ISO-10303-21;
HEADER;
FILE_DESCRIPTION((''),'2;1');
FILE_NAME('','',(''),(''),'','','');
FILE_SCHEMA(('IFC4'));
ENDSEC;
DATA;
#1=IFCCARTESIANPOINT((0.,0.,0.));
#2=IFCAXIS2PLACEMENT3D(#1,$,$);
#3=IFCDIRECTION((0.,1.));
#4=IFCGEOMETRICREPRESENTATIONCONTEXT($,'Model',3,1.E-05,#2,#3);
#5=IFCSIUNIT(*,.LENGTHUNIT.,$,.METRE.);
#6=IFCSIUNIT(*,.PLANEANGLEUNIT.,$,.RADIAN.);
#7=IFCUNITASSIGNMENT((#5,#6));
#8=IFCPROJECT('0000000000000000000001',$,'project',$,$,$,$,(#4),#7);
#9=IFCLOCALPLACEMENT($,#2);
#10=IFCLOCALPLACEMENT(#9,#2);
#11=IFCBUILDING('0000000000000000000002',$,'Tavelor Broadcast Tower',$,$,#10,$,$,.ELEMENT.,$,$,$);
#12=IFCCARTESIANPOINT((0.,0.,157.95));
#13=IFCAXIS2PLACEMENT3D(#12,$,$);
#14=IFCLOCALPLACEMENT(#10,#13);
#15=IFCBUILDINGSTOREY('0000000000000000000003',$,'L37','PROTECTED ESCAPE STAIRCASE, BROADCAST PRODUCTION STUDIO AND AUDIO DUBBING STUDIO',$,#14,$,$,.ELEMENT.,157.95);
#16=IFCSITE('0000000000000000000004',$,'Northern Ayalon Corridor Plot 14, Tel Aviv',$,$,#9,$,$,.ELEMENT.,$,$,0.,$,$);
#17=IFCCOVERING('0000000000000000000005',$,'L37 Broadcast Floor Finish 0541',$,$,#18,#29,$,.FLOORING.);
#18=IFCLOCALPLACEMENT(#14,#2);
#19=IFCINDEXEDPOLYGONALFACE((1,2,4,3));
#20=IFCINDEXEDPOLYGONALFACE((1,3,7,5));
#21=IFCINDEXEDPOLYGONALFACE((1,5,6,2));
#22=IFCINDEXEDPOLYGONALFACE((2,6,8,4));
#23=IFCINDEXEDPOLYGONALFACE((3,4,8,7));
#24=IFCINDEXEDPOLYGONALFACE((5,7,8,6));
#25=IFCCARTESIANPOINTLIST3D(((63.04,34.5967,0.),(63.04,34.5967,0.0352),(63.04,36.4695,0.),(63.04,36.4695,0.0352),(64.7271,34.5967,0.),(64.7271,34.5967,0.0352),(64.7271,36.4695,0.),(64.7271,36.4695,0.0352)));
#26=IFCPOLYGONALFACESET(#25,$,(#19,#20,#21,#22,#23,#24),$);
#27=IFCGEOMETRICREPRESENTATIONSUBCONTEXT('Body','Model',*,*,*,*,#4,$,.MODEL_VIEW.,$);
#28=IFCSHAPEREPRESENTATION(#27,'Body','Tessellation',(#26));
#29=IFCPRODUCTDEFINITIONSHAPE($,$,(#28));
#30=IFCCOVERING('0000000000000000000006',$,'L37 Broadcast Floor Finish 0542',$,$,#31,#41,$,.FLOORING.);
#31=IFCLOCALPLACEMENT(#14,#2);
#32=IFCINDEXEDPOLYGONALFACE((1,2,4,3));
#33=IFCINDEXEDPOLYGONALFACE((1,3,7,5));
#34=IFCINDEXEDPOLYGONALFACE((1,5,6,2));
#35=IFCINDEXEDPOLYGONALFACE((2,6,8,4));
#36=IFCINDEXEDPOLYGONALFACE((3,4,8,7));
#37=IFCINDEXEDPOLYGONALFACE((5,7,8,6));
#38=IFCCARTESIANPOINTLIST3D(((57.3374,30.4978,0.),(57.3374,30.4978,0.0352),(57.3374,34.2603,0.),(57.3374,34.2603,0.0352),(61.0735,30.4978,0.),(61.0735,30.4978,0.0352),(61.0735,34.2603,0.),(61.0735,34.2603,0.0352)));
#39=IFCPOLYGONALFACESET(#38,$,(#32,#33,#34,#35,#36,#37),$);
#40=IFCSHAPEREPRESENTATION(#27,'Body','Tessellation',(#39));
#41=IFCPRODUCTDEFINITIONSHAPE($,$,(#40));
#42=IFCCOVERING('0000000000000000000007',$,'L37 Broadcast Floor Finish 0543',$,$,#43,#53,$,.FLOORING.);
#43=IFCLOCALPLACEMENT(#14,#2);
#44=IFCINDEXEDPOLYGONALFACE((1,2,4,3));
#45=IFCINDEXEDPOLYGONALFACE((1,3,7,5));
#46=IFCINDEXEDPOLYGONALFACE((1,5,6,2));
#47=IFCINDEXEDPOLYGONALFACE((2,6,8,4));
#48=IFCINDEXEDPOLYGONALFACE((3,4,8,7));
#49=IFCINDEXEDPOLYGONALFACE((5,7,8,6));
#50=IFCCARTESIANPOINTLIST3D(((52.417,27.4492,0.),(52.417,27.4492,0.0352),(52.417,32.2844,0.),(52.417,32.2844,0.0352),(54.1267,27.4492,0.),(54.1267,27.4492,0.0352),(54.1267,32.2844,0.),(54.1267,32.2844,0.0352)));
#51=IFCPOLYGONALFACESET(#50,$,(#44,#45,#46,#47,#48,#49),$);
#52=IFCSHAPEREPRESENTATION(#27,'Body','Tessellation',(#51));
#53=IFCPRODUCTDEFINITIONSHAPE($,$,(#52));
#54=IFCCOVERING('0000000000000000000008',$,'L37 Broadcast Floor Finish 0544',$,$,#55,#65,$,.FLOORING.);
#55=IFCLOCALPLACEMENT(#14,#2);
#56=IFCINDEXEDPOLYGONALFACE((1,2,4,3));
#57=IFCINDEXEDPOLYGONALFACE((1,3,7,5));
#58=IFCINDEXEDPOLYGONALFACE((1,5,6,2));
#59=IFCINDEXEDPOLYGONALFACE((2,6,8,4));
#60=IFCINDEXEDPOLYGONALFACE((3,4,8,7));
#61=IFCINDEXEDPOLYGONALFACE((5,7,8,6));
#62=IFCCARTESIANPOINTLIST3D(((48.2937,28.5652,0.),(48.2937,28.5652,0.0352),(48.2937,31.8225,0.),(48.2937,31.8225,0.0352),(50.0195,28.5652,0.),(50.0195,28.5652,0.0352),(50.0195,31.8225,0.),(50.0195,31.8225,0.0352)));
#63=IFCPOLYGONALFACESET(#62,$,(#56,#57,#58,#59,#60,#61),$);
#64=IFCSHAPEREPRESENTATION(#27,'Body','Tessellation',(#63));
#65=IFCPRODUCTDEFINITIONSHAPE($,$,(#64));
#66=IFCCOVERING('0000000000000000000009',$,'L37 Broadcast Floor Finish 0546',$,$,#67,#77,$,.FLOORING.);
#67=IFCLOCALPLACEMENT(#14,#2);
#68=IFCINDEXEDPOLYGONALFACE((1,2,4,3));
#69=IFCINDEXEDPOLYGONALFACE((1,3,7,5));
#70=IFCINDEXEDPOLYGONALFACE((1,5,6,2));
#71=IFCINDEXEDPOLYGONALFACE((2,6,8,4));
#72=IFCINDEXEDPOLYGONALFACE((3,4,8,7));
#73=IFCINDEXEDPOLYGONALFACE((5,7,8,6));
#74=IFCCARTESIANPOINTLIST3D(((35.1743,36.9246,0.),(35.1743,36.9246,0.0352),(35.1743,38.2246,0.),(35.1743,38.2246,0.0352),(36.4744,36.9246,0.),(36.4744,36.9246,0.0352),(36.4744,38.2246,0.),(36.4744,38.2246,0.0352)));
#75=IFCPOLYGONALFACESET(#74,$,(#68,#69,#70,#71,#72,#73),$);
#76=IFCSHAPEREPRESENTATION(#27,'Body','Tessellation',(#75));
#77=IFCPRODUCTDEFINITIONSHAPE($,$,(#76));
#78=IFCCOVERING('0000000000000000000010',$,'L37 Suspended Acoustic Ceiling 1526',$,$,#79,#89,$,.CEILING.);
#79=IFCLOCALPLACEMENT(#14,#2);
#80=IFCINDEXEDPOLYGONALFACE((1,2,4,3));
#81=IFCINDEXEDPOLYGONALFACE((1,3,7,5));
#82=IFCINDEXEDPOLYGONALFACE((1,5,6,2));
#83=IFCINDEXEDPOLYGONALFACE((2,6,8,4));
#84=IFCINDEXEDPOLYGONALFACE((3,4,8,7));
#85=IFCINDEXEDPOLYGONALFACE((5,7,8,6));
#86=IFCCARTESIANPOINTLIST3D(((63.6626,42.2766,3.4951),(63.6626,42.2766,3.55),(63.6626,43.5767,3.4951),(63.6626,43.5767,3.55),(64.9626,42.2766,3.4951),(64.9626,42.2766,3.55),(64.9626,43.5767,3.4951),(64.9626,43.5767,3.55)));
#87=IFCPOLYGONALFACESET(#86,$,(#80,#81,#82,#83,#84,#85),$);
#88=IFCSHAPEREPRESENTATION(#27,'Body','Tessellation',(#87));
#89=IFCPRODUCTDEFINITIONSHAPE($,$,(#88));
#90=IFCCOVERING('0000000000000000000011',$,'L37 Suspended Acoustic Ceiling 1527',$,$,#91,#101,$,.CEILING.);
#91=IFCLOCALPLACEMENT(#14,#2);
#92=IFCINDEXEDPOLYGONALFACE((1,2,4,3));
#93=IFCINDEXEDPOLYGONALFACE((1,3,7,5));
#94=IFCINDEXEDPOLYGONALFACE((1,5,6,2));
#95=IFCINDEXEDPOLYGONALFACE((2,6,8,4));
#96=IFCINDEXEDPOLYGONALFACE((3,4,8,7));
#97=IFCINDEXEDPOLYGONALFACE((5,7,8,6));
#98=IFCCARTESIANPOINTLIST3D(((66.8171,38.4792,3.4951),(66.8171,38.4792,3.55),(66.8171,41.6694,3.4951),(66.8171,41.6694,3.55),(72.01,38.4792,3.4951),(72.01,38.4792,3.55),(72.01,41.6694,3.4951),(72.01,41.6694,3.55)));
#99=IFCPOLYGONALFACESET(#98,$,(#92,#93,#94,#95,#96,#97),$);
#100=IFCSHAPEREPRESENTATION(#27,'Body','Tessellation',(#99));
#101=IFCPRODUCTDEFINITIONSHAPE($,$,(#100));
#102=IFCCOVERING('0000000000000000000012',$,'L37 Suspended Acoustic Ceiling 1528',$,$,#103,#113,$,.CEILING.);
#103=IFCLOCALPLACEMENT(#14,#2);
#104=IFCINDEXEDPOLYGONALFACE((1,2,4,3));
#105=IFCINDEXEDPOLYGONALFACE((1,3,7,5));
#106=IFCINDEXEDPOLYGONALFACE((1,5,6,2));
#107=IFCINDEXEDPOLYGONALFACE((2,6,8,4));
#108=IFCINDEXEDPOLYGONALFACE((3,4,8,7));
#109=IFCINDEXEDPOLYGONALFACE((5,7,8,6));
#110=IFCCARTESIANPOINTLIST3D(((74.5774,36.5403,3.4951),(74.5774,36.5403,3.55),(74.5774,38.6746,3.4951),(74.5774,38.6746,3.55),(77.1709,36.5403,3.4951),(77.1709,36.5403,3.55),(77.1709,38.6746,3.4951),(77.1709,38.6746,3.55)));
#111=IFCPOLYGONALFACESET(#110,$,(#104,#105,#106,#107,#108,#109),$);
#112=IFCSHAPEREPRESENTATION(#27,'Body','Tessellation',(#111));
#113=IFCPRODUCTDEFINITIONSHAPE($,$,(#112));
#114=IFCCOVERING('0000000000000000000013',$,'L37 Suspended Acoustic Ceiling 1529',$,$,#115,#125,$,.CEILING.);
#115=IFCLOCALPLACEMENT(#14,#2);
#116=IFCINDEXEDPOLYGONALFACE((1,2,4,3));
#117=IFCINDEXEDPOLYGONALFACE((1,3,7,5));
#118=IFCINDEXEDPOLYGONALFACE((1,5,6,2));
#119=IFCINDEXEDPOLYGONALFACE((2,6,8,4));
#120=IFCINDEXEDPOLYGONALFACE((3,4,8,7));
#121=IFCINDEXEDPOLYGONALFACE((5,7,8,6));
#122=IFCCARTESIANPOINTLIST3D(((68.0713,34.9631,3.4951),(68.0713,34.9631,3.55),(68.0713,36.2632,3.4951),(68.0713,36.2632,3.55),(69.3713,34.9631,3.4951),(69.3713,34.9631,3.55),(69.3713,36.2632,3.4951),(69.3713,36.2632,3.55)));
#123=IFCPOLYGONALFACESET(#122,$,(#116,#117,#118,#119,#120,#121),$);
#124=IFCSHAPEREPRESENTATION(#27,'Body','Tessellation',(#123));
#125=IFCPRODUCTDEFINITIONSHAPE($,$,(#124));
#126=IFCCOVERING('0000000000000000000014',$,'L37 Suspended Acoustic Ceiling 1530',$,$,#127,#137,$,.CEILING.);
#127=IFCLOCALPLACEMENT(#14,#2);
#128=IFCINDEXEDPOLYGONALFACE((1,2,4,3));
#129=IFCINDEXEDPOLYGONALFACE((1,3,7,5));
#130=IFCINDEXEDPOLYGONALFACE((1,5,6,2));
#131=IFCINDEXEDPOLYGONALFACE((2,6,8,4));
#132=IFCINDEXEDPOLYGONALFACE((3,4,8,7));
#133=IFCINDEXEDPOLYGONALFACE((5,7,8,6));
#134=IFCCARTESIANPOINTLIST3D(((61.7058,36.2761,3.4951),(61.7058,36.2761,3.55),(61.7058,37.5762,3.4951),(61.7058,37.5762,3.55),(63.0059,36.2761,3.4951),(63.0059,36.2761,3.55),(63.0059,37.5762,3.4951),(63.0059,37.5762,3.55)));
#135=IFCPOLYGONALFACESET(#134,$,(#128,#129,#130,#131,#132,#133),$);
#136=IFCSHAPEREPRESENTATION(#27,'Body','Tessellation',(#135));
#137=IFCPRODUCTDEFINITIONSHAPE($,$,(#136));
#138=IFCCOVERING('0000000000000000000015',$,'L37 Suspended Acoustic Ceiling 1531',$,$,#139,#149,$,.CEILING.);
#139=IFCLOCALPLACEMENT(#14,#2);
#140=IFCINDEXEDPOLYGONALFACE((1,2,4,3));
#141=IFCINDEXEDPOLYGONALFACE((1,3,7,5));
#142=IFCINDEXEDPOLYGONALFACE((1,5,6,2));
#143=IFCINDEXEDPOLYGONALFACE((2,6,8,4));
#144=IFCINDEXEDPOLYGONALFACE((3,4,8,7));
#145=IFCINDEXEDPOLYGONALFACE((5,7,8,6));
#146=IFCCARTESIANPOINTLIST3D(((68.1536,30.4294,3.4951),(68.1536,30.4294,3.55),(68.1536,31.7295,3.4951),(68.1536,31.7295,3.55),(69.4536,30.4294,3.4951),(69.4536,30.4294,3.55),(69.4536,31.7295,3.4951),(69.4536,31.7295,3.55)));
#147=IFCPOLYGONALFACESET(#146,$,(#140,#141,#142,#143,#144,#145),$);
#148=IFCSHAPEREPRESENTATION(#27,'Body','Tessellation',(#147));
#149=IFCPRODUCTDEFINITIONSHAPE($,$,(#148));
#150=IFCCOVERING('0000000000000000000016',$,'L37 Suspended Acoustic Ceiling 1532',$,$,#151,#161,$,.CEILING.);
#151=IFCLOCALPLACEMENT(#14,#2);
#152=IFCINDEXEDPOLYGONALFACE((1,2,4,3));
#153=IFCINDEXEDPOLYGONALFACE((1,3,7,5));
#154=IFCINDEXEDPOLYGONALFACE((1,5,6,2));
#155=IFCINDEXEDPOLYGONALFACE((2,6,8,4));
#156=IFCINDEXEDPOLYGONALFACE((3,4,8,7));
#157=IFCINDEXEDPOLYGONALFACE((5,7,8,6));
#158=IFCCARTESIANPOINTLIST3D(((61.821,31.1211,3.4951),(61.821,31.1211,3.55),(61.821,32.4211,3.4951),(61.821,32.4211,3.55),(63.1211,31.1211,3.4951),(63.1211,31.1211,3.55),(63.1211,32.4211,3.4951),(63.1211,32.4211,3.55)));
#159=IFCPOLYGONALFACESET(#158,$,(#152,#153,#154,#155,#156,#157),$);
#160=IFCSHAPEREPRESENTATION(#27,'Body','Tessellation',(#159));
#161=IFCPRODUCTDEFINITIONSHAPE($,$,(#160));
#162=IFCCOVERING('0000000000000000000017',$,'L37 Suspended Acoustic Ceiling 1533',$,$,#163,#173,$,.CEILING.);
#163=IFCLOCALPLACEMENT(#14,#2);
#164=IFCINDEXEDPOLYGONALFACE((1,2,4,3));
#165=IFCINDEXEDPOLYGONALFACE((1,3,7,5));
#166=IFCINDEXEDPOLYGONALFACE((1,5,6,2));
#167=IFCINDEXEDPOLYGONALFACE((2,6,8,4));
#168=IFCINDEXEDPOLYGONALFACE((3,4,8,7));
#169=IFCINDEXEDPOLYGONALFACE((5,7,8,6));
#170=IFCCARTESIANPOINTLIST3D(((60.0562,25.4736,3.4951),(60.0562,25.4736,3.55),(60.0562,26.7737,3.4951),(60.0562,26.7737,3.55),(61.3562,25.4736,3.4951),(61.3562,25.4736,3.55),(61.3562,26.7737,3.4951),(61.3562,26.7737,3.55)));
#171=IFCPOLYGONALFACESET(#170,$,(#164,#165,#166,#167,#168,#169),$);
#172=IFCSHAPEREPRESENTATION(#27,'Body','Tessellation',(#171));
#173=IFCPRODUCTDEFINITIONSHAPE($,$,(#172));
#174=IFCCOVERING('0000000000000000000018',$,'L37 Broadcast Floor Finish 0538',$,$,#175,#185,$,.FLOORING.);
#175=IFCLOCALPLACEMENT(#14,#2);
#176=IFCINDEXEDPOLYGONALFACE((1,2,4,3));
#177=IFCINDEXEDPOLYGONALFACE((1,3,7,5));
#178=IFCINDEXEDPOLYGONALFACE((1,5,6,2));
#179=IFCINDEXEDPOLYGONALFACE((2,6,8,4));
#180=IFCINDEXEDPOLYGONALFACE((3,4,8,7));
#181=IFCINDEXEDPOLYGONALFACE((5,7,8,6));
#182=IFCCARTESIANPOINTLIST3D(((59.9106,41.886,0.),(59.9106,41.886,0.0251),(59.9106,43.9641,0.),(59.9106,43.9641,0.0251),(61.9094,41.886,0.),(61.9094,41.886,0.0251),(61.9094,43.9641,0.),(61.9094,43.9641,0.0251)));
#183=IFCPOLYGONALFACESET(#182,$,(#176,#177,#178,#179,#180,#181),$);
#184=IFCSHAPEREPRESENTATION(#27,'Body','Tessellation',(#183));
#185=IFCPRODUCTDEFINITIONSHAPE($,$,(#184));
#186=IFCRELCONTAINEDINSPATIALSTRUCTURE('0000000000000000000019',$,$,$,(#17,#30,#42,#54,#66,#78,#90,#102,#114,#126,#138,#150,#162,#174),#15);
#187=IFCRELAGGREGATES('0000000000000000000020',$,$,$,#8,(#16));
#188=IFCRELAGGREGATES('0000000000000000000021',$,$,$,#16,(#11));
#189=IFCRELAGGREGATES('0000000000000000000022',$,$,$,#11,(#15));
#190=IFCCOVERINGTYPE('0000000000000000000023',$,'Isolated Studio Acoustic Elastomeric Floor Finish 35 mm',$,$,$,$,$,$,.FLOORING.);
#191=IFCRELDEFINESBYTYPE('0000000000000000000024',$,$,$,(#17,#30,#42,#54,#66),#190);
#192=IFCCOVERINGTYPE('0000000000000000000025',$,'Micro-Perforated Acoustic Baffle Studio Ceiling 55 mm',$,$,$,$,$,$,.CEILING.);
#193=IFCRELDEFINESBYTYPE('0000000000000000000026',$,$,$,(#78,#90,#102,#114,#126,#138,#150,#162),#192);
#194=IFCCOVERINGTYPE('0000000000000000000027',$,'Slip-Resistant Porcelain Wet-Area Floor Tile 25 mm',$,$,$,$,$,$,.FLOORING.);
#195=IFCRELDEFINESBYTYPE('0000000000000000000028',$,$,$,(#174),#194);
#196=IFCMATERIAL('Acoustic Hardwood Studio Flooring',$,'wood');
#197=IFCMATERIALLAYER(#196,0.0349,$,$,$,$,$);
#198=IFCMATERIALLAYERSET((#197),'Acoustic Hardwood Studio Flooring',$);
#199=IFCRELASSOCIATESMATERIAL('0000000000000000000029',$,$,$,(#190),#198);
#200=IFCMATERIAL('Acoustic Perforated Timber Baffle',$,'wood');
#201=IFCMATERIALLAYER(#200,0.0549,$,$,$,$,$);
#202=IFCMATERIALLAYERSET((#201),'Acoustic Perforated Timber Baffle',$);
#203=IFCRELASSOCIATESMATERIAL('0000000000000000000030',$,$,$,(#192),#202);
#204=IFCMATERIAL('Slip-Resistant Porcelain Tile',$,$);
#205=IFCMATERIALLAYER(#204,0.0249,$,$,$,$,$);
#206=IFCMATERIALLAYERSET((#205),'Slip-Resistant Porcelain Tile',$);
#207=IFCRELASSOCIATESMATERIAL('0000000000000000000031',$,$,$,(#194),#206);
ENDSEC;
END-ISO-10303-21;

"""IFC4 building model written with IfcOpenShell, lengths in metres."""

from ifc_helpers import new_model, si_unit, direction, frame, origin, place, context, subcontext, project, spatial, polyline, outline, extrude, material, layer, layer_set, type_object, element, save


model = new_model("IFC4")

# Units and contexts
model_context = context("Model", 3, precision=1e-05, world=origin(), true_north=direction((0.0, 1.0)))
body_context = subcontext(model_context, "Body", "Model", "MODEL_VIEW")
ifc_project = project(units=[si_unit("LENGTHUNIT", "METRE"), si_unit("PLANEANGLEUNIT", "RADIAN")], contexts=[model_context])

# Site, building, storey
site_placement = place(None, origin())
site = spatial("IfcSite", under=ifc_project, at=site_placement, Name="Northern Ayalon Corridor Plot 14, Tel Aviv", CompositionType="ELEMENT", RefElevation=0.0)
building_placement = place(site_placement, origin())
building = spatial("IfcBuilding", under=site, at=building_placement, Name="Tavelor Broadcast Tower", CompositionType="ELEMENT")
storey_placement = place(building_placement, frame((0.0, 0.0, 157.95)))
storey = spatial("IfcBuildingStorey", under=building, at=storey_placement, Name="L37", Description="PROTECTED ESCAPE STAIRCASE, BROADCAST PRODUCTION STUDIO AND AUDIO DUBBING STUDIO", CompositionType="ELEMENT", Elevation=157.95)

# Coverings
ifc_material_1 = material(Name="Acoustic Hardwood Studio Flooring", Category="wood")
ifc_layer_1 = layer(ifc_material_1, 0.0349)
ifc_layer_set_1 = layer_set([ifc_layer_1], Name="Acoustic Hardwood Studio Flooring")
covering_type_1 = type_object("IfcCoveringType", Name="Isolated Studio Acoustic Elastomeric Floor Finish 35 mm", PredefinedType="FLOORING", material=ifc_layer_set_1)
covering_1_placement = place(storey_placement, origin())
element("IfcCovering", 1, at=covering_1_placement, inside=storey, type_object=covering_type_1, Name="L37 Broadcast Floor Finish 0541", PredefinedType="FLOORING", context=body_context, shape_type="SweptSolid", body=[
    extrude(outline(polyline([(63.04, 34.5967), (64.7271, 34.5967), (64.7271, 36.4695), (63.04, 36.4695), (63.04, 34.5967)])), origin(), (0.0, 0.0, 1.0), 0.0352),
])
covering_2_placement = place(storey_placement, origin())
element("IfcCovering", 2, at=covering_2_placement, inside=storey, type_object=covering_type_1, Name="L37 Broadcast Floor Finish 0542", PredefinedType="FLOORING", context=body_context, shape_type="SweptSolid", body=[
    extrude(outline(polyline([(57.3374, 30.4978), (61.0735, 30.4978), (61.0735, 34.2603), (57.3374, 34.2603), (57.3374, 30.4978)])), origin(), (0.0, 0.0, 1.0), 0.0352),
])
covering_3_placement = place(storey_placement, origin())
element("IfcCovering", 3, at=covering_3_placement, inside=storey, type_object=covering_type_1, Name="L37 Broadcast Floor Finish 0543", PredefinedType="FLOORING", context=body_context, shape_type="SweptSolid", body=[
    extrude(outline(polyline([(52.417, 27.4492), (54.1267, 27.4492), (54.1267, 32.2844), (52.417, 32.2844), (52.417, 27.4492)])), origin(), (0.0, 0.0, 1.0), 0.0352),
])
covering_4_placement = place(storey_placement, origin())
element("IfcCovering", 4, at=covering_4_placement, inside=storey, type_object=covering_type_1, Name="L37 Broadcast Floor Finish 0544", PredefinedType="FLOORING", context=body_context, shape_type="SweptSolid", body=[
    extrude(outline(polyline([(48.2937, 28.5652), (50.0195, 28.5652), (50.0195, 31.8225), (48.2937, 31.8225), (48.2937, 28.5652)])), origin(), (0.0, 0.0, 1.0), 0.0352),
])
covering_5_placement = place(storey_placement, origin())
element("IfcCovering", 5, at=covering_5_placement, inside=storey, type_object=covering_type_1, Name="L37 Broadcast Floor Finish 0546", PredefinedType="FLOORING", context=body_context, shape_type="SweptSolid", body=[
    extrude(outline(polyline([(35.1743, 36.9246), (36.4744, 36.9246), (36.4744, 38.2246), (35.1743, 38.2246), (35.1743, 36.9246)])), origin(), (0.0, 0.0, 1.0), 0.0352),
])
ifc_material_2 = material(Name="Acoustic Perforated Timber Baffle", Category="wood")
ifc_layer_2 = layer(ifc_material_2, 0.0549)
ifc_layer_set_2 = layer_set([ifc_layer_2], Name="Acoustic Perforated Timber Baffle")
covering_type_2 = type_object("IfcCoveringType", Name="Micro-Perforated Acoustic Baffle Studio Ceiling 55 mm", PredefinedType="CEILING", material=ifc_layer_set_2)
covering_6_placement = place(storey_placement, frame((0.0, 0.0, 3.4951)))
element("IfcCovering", 6, at=covering_6_placement, inside=storey, type_object=covering_type_2, Name="L37 Suspended Acoustic Ceiling 1526", PredefinedType="CEILING", context=body_context, shape_type="SweptSolid", body=[
    extrude(outline(polyline([(63.6626, 42.2766), (64.9626, 42.2766), (64.9626, 43.5767), (63.6626, 43.5767), (63.6626, 42.2766)])), origin(), (0.0, 0.0, 1.0), 0.0549),
])
covering_7_placement = place(storey_placement, frame((0.0, 0.0, 3.4951)))
element("IfcCovering", 7, at=covering_7_placement, inside=storey, type_object=covering_type_2, Name="L37 Suspended Acoustic Ceiling 1527", PredefinedType="CEILING", context=body_context, shape_type="SweptSolid", body=[
    extrude(outline(polyline([(66.8171, 38.4792), (72.01, 38.4792), (72.01, 41.6694), (66.8171, 41.6694), (66.8171, 38.4792)])), origin(), (0.0, 0.0, 1.0), 0.0549),
])
covering_8_placement = place(storey_placement, frame((0.0, 0.0, 3.4951)))
element("IfcCovering", 8, at=covering_8_placement, inside=storey, type_object=covering_type_2, Name="L37 Suspended Acoustic Ceiling 1528", PredefinedType="CEILING", context=body_context, shape_type="SweptSolid", body=[
    extrude(outline(polyline([(74.5774, 36.5403), (77.1709, 36.5403), (77.1709, 38.6746), (74.5774, 38.6746), (74.5774, 36.5403)])), origin(), (0.0, 0.0, 1.0), 0.0549),
])
covering_9_placement = place(storey_placement, frame((0.0, 0.0, 3.4951)))
element("IfcCovering", 9, at=covering_9_placement, inside=storey, type_object=covering_type_2, Name="L37 Suspended Acoustic Ceiling 1529", PredefinedType="CEILING", context=body_context, shape_type="SweptSolid", body=[
    extrude(outline(polyline([(68.0713, 34.9631), (69.3713, 34.9631), (69.3713, 36.2632), (68.0713, 36.2632), (68.0713, 34.9631)])), origin(), (0.0, 0.0, 1.0), 0.0549),
])
covering_10_placement = place(storey_placement, frame((0.0, 0.0, 3.4951)))
element("IfcCovering", 10, at=covering_10_placement, inside=storey, type_object=covering_type_2, Name="L37 Suspended Acoustic Ceiling 1530", PredefinedType="CEILING", context=body_context, shape_type="SweptSolid", body=[
    extrude(outline(polyline([(61.7058, 36.2761), (63.0059, 36.2761), (63.0059, 37.5762), (61.7058, 37.5762), (61.7058, 36.2761)])), origin(), (0.0, 0.0, 1.0), 0.0549),
])
covering_11_placement = place(storey_placement, frame((0.0, 0.0, 3.4951)))
element("IfcCovering", 11, at=covering_11_placement, inside=storey, type_object=covering_type_2, Name="L37 Suspended Acoustic Ceiling 1531", PredefinedType="CEILING", context=body_context, shape_type="SweptSolid", body=[
    extrude(outline(polyline([(68.1536, 30.4294), (69.4536, 30.4294), (69.4536, 31.7295), (68.1536, 31.7295), (68.1536, 30.4294)])), origin(), (0.0, 0.0, 1.0), 0.0549),
])
covering_12_placement = place(storey_placement, frame((0.0, 0.0, 3.4951)))
element("IfcCovering", 12, at=covering_12_placement, inside=storey, type_object=covering_type_2, Name="L37 Suspended Acoustic Ceiling 1532", PredefinedType="CEILING", context=body_context, shape_type="SweptSolid", body=[
    extrude(outline(polyline([(61.821, 31.1211), (63.1211, 31.1211), (63.1211, 32.4211), (61.821, 32.4211), (61.821, 31.1211)])), origin(), (0.0, 0.0, 1.0), 0.0549),
])
covering_13_placement = place(storey_placement, frame((0.0, 0.0, 3.4951)))
element("IfcCovering", 13, at=covering_13_placement, inside=storey, type_object=covering_type_2, Name="L37 Suspended Acoustic Ceiling 1533", PredefinedType="CEILING", context=body_context, shape_type="SweptSolid", body=[
    extrude(outline(polyline([(60.0562, 25.4736), (61.3562, 25.4736), (61.3562, 26.7737), (60.0562, 26.7737), (60.0562, 25.4736)])), origin(), (0.0, 0.0, 1.0), 0.0549),
])
ifc_material_3 = material(Name="Slip-Resistant Porcelain Tile")
ifc_layer_3 = layer(ifc_material_3, 0.0249)
ifc_layer_set_3 = layer_set([ifc_layer_3], Name="Slip-Resistant Porcelain Tile")
covering_type_3 = type_object("IfcCoveringType", Name="Slip-Resistant Porcelain Wet-Area Floor Tile 25 mm", PredefinedType="FLOORING", material=ifc_layer_set_3)
covering_14_placement = place(storey_placement, origin())
element("IfcCovering", 14, at=covering_14_placement, inside=storey, type_object=covering_type_3, Name="L37 Broadcast Floor Finish 0538", PredefinedType="FLOORING", context=body_context, shape_type="SweptSolid", body=[
    extrude(outline(polyline([(59.9106, 41.886), (61.9094, 41.886), (61.9094, 43.9641), (59.9106, 43.9641), (59.9106, 41.886)])), origin(), (0.0, 0.0, 1.0), 0.0251),
])

save(model, "model.ifc")
